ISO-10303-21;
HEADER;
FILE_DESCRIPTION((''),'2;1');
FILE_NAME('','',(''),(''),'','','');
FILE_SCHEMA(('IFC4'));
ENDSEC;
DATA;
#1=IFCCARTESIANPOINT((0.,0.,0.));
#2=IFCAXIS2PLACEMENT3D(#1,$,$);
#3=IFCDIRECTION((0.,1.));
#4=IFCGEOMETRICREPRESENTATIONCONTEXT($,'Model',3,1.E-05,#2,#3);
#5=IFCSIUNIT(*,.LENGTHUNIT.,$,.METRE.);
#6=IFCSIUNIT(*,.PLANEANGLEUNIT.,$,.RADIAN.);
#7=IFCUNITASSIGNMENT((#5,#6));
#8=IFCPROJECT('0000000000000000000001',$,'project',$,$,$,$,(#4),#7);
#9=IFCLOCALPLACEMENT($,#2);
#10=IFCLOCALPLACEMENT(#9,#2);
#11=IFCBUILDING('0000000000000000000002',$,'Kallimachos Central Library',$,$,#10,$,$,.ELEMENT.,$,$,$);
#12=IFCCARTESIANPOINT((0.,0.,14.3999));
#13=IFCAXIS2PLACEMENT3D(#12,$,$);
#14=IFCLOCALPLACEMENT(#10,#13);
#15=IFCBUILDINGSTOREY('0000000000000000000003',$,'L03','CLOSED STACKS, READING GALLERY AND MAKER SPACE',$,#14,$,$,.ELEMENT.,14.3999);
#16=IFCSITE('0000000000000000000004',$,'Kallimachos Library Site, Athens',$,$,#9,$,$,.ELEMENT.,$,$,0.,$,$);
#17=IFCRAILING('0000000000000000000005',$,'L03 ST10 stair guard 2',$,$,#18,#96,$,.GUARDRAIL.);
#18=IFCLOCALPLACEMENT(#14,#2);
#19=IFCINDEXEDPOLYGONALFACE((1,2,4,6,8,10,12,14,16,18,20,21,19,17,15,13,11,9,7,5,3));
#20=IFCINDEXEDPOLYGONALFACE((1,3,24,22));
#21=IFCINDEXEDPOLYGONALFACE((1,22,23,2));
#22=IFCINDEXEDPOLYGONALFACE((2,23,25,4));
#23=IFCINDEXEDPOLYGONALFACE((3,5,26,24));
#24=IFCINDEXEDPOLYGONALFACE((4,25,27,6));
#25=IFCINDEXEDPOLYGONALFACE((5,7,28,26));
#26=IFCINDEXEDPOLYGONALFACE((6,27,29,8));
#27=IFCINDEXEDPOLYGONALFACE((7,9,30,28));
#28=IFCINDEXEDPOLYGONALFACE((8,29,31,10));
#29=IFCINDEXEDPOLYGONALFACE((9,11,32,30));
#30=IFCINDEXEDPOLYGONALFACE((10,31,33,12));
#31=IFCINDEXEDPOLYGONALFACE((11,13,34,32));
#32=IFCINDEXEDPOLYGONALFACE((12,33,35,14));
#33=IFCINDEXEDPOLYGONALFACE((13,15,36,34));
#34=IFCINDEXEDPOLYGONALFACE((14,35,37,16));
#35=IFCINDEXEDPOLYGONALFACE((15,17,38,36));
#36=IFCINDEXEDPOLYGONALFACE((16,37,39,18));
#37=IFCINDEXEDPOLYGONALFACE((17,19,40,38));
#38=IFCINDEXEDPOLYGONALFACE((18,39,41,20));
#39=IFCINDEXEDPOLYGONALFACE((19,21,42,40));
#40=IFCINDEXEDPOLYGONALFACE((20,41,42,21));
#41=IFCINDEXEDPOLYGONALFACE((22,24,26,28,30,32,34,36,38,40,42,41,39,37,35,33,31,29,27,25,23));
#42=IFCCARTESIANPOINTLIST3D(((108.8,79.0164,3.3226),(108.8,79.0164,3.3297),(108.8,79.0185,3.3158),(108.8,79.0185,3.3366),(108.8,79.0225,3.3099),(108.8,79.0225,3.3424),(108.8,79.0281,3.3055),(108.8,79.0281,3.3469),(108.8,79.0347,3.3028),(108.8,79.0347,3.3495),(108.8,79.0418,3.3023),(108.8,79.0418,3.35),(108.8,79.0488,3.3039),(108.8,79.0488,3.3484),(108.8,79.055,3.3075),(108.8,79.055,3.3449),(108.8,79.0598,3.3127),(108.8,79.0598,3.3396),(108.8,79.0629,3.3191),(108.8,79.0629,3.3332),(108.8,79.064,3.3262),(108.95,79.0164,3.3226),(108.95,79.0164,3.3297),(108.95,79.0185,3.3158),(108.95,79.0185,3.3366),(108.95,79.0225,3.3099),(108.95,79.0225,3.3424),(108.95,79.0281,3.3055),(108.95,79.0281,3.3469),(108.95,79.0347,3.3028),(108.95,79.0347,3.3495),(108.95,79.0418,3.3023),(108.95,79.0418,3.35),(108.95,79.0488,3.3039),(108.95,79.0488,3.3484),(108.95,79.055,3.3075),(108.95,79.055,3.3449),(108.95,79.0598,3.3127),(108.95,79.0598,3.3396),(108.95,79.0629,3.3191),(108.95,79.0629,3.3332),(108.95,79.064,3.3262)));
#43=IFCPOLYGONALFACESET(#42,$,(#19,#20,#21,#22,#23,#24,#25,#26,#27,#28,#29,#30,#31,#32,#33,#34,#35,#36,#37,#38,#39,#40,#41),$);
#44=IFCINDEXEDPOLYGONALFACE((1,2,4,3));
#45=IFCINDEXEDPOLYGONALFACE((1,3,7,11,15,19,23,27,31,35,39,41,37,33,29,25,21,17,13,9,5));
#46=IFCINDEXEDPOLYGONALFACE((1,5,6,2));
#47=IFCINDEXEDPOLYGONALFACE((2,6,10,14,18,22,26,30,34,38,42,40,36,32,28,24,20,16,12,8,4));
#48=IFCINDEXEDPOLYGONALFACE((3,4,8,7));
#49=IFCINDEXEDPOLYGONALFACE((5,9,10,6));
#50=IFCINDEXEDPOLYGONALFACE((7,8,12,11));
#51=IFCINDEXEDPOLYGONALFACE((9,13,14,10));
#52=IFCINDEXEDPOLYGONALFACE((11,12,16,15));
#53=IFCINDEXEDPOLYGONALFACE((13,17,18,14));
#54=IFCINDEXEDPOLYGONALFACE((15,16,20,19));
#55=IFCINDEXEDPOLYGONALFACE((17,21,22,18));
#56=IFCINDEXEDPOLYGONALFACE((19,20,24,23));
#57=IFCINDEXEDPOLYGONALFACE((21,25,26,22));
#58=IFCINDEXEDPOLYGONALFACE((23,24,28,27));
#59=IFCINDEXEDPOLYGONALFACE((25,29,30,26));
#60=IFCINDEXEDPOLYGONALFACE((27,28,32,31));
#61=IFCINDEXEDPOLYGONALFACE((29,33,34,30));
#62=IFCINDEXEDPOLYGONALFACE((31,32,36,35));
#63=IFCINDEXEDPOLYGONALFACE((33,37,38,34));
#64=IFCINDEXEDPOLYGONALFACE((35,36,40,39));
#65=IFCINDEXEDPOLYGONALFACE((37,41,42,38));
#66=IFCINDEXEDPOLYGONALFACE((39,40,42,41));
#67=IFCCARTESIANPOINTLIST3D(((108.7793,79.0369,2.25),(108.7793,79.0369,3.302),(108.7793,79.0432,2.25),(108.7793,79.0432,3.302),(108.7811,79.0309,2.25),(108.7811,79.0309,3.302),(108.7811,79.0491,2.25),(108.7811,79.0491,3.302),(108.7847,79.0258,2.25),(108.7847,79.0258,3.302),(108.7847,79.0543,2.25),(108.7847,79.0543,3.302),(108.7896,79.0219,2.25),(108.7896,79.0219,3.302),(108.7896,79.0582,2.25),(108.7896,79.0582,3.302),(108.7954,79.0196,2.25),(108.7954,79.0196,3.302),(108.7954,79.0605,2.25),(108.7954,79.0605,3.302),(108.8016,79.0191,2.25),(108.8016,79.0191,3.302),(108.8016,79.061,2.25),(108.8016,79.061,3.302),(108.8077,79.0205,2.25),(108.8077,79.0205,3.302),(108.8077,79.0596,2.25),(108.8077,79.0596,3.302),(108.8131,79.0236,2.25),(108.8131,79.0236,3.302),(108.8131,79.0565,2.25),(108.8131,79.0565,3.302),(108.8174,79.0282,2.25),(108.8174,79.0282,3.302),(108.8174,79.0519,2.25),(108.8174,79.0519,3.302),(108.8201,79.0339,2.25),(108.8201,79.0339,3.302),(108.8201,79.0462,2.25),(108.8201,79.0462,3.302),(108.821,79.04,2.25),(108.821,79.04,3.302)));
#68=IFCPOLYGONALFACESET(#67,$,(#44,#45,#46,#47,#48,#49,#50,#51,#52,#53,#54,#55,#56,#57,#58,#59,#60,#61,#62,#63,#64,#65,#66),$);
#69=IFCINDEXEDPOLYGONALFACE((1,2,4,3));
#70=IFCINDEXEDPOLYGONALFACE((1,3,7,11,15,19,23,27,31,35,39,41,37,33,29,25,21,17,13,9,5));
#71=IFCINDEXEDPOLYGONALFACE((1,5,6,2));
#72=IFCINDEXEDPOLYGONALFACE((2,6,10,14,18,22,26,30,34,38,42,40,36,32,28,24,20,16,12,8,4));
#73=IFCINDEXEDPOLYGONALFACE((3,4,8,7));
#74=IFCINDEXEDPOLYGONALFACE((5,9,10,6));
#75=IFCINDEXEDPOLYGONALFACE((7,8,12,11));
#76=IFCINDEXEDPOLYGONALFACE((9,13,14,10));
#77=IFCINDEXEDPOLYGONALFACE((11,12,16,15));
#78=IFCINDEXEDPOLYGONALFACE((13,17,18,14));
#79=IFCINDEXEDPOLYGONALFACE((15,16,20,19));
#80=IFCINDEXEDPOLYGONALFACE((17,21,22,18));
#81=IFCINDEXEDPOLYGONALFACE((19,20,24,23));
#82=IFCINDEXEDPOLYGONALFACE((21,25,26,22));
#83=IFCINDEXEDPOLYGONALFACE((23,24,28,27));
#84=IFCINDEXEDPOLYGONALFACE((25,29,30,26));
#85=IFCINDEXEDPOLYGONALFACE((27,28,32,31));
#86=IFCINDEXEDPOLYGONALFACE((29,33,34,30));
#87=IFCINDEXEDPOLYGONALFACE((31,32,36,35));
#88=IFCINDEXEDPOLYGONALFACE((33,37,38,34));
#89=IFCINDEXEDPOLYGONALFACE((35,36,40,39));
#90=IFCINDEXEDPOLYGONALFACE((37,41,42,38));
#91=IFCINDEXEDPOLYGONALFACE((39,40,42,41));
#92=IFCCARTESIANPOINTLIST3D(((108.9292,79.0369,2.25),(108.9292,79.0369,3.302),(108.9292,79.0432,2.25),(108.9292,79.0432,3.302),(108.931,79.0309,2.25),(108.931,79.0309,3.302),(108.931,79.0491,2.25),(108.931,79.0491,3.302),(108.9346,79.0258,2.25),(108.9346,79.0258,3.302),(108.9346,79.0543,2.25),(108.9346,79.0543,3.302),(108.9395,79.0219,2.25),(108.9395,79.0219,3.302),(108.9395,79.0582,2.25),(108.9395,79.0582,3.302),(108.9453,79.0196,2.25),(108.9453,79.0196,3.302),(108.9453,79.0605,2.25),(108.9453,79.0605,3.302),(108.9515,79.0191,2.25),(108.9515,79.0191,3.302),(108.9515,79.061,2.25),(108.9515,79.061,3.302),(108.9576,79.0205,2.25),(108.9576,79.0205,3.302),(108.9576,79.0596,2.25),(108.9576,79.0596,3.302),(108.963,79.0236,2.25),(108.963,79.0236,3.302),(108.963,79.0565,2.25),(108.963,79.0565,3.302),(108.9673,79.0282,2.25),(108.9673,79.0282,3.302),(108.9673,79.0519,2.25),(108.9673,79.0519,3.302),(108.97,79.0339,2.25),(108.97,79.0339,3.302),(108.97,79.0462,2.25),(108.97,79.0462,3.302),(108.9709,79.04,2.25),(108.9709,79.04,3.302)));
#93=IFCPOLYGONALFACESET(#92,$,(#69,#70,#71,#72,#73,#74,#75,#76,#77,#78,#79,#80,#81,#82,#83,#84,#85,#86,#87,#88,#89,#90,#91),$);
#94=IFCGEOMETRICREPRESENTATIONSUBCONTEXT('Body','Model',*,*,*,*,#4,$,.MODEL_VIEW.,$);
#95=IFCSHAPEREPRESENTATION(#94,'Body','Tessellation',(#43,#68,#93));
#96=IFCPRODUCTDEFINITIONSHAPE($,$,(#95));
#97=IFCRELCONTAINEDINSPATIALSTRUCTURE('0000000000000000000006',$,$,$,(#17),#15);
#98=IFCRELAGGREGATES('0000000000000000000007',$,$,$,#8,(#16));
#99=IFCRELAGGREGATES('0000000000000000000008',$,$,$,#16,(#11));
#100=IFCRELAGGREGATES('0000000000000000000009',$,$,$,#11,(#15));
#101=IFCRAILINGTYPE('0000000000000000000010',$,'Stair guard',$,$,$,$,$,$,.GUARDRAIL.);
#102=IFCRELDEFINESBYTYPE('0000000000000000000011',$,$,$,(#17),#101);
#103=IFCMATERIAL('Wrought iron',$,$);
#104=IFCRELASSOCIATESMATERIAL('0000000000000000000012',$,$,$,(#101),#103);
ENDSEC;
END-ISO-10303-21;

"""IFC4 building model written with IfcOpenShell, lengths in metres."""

from ifc_helpers import new_model, si_unit, direction, frame, origin, origin_2d, place, context, subcontext, project, spatial, circle, extrude, material, type_object, element, save


model = new_model("IFC4")

# Units and contexts
model_context = context("Model", 3, precision=1e-05, world=origin(), true_north=direction((0.0, 1.0)))
body_context = subcontext(model_context, "Body", "Model", "MODEL_VIEW")
ifc_project = project(units=[si_unit("LENGTHUNIT", "METRE"), si_unit("PLANEANGLEUNIT", "RADIAN")], contexts=[model_context])

# Site, building, storey
site_placement = place(None, origin())
site = spatial("IfcSite", under=ifc_project, at=site_placement, Name="Kallimachos Library Site, Athens", CompositionType="ELEMENT", RefElevation=0.0)
building_placement = place(site_placement, origin())
building = spatial("IfcBuilding", under=site, at=building_placement, Name="Kallimachos Central Library", CompositionType="ELEMENT")
storey_placement = place(building_placement, frame((0.0, 0.0, 14.3999)))
storey = spatial("IfcBuildingStorey", under=building, at=storey_placement, Name="L03", Description="CLOSED STACKS, READING GALLERY AND MAKER SPACE", CompositionType="ELEMENT", Elevation=14.3999)

# Railing
ifc_material_1 = material(Name="Wrought iron")
railing_type_1 = type_object("IfcRailingType", Name="Stair guard", PredefinedType="GUARDRAIL", material=ifc_material_1)
railing_1_placement = place(storey_placement, frame((108.8, 79.04, 2.25)))
element("IfcRailing", 1, at=railing_1_placement, inside=storey, type_object=railing_type_1, Name="L03 ST10 stair guard 2", PredefinedType="GUARDRAIL", context=body_context, shape_type="SweptSolid", body=[
    extrude(circle(Radius=0.0239, at=origin_2d()), frame((0.0, 0.0, 1.0762), z_axis=(1.0, 0.0, 0.0), x_axis=(0.0, 1.0, 0.0)), (0.0, 0.0, 1.0), 0.1499),
    extrude(circle(Radius=0.021, at=origin_2d()), origin(), (0.0, 0.0, 1.0), 1.052),
    extrude(circle(Radius=0.021, at=origin_2d()), frame((0.1499, 0.0, 0.0)), (0.0, 0.0, 1.0), 1.052),
])

save(model, "model.ifc")
